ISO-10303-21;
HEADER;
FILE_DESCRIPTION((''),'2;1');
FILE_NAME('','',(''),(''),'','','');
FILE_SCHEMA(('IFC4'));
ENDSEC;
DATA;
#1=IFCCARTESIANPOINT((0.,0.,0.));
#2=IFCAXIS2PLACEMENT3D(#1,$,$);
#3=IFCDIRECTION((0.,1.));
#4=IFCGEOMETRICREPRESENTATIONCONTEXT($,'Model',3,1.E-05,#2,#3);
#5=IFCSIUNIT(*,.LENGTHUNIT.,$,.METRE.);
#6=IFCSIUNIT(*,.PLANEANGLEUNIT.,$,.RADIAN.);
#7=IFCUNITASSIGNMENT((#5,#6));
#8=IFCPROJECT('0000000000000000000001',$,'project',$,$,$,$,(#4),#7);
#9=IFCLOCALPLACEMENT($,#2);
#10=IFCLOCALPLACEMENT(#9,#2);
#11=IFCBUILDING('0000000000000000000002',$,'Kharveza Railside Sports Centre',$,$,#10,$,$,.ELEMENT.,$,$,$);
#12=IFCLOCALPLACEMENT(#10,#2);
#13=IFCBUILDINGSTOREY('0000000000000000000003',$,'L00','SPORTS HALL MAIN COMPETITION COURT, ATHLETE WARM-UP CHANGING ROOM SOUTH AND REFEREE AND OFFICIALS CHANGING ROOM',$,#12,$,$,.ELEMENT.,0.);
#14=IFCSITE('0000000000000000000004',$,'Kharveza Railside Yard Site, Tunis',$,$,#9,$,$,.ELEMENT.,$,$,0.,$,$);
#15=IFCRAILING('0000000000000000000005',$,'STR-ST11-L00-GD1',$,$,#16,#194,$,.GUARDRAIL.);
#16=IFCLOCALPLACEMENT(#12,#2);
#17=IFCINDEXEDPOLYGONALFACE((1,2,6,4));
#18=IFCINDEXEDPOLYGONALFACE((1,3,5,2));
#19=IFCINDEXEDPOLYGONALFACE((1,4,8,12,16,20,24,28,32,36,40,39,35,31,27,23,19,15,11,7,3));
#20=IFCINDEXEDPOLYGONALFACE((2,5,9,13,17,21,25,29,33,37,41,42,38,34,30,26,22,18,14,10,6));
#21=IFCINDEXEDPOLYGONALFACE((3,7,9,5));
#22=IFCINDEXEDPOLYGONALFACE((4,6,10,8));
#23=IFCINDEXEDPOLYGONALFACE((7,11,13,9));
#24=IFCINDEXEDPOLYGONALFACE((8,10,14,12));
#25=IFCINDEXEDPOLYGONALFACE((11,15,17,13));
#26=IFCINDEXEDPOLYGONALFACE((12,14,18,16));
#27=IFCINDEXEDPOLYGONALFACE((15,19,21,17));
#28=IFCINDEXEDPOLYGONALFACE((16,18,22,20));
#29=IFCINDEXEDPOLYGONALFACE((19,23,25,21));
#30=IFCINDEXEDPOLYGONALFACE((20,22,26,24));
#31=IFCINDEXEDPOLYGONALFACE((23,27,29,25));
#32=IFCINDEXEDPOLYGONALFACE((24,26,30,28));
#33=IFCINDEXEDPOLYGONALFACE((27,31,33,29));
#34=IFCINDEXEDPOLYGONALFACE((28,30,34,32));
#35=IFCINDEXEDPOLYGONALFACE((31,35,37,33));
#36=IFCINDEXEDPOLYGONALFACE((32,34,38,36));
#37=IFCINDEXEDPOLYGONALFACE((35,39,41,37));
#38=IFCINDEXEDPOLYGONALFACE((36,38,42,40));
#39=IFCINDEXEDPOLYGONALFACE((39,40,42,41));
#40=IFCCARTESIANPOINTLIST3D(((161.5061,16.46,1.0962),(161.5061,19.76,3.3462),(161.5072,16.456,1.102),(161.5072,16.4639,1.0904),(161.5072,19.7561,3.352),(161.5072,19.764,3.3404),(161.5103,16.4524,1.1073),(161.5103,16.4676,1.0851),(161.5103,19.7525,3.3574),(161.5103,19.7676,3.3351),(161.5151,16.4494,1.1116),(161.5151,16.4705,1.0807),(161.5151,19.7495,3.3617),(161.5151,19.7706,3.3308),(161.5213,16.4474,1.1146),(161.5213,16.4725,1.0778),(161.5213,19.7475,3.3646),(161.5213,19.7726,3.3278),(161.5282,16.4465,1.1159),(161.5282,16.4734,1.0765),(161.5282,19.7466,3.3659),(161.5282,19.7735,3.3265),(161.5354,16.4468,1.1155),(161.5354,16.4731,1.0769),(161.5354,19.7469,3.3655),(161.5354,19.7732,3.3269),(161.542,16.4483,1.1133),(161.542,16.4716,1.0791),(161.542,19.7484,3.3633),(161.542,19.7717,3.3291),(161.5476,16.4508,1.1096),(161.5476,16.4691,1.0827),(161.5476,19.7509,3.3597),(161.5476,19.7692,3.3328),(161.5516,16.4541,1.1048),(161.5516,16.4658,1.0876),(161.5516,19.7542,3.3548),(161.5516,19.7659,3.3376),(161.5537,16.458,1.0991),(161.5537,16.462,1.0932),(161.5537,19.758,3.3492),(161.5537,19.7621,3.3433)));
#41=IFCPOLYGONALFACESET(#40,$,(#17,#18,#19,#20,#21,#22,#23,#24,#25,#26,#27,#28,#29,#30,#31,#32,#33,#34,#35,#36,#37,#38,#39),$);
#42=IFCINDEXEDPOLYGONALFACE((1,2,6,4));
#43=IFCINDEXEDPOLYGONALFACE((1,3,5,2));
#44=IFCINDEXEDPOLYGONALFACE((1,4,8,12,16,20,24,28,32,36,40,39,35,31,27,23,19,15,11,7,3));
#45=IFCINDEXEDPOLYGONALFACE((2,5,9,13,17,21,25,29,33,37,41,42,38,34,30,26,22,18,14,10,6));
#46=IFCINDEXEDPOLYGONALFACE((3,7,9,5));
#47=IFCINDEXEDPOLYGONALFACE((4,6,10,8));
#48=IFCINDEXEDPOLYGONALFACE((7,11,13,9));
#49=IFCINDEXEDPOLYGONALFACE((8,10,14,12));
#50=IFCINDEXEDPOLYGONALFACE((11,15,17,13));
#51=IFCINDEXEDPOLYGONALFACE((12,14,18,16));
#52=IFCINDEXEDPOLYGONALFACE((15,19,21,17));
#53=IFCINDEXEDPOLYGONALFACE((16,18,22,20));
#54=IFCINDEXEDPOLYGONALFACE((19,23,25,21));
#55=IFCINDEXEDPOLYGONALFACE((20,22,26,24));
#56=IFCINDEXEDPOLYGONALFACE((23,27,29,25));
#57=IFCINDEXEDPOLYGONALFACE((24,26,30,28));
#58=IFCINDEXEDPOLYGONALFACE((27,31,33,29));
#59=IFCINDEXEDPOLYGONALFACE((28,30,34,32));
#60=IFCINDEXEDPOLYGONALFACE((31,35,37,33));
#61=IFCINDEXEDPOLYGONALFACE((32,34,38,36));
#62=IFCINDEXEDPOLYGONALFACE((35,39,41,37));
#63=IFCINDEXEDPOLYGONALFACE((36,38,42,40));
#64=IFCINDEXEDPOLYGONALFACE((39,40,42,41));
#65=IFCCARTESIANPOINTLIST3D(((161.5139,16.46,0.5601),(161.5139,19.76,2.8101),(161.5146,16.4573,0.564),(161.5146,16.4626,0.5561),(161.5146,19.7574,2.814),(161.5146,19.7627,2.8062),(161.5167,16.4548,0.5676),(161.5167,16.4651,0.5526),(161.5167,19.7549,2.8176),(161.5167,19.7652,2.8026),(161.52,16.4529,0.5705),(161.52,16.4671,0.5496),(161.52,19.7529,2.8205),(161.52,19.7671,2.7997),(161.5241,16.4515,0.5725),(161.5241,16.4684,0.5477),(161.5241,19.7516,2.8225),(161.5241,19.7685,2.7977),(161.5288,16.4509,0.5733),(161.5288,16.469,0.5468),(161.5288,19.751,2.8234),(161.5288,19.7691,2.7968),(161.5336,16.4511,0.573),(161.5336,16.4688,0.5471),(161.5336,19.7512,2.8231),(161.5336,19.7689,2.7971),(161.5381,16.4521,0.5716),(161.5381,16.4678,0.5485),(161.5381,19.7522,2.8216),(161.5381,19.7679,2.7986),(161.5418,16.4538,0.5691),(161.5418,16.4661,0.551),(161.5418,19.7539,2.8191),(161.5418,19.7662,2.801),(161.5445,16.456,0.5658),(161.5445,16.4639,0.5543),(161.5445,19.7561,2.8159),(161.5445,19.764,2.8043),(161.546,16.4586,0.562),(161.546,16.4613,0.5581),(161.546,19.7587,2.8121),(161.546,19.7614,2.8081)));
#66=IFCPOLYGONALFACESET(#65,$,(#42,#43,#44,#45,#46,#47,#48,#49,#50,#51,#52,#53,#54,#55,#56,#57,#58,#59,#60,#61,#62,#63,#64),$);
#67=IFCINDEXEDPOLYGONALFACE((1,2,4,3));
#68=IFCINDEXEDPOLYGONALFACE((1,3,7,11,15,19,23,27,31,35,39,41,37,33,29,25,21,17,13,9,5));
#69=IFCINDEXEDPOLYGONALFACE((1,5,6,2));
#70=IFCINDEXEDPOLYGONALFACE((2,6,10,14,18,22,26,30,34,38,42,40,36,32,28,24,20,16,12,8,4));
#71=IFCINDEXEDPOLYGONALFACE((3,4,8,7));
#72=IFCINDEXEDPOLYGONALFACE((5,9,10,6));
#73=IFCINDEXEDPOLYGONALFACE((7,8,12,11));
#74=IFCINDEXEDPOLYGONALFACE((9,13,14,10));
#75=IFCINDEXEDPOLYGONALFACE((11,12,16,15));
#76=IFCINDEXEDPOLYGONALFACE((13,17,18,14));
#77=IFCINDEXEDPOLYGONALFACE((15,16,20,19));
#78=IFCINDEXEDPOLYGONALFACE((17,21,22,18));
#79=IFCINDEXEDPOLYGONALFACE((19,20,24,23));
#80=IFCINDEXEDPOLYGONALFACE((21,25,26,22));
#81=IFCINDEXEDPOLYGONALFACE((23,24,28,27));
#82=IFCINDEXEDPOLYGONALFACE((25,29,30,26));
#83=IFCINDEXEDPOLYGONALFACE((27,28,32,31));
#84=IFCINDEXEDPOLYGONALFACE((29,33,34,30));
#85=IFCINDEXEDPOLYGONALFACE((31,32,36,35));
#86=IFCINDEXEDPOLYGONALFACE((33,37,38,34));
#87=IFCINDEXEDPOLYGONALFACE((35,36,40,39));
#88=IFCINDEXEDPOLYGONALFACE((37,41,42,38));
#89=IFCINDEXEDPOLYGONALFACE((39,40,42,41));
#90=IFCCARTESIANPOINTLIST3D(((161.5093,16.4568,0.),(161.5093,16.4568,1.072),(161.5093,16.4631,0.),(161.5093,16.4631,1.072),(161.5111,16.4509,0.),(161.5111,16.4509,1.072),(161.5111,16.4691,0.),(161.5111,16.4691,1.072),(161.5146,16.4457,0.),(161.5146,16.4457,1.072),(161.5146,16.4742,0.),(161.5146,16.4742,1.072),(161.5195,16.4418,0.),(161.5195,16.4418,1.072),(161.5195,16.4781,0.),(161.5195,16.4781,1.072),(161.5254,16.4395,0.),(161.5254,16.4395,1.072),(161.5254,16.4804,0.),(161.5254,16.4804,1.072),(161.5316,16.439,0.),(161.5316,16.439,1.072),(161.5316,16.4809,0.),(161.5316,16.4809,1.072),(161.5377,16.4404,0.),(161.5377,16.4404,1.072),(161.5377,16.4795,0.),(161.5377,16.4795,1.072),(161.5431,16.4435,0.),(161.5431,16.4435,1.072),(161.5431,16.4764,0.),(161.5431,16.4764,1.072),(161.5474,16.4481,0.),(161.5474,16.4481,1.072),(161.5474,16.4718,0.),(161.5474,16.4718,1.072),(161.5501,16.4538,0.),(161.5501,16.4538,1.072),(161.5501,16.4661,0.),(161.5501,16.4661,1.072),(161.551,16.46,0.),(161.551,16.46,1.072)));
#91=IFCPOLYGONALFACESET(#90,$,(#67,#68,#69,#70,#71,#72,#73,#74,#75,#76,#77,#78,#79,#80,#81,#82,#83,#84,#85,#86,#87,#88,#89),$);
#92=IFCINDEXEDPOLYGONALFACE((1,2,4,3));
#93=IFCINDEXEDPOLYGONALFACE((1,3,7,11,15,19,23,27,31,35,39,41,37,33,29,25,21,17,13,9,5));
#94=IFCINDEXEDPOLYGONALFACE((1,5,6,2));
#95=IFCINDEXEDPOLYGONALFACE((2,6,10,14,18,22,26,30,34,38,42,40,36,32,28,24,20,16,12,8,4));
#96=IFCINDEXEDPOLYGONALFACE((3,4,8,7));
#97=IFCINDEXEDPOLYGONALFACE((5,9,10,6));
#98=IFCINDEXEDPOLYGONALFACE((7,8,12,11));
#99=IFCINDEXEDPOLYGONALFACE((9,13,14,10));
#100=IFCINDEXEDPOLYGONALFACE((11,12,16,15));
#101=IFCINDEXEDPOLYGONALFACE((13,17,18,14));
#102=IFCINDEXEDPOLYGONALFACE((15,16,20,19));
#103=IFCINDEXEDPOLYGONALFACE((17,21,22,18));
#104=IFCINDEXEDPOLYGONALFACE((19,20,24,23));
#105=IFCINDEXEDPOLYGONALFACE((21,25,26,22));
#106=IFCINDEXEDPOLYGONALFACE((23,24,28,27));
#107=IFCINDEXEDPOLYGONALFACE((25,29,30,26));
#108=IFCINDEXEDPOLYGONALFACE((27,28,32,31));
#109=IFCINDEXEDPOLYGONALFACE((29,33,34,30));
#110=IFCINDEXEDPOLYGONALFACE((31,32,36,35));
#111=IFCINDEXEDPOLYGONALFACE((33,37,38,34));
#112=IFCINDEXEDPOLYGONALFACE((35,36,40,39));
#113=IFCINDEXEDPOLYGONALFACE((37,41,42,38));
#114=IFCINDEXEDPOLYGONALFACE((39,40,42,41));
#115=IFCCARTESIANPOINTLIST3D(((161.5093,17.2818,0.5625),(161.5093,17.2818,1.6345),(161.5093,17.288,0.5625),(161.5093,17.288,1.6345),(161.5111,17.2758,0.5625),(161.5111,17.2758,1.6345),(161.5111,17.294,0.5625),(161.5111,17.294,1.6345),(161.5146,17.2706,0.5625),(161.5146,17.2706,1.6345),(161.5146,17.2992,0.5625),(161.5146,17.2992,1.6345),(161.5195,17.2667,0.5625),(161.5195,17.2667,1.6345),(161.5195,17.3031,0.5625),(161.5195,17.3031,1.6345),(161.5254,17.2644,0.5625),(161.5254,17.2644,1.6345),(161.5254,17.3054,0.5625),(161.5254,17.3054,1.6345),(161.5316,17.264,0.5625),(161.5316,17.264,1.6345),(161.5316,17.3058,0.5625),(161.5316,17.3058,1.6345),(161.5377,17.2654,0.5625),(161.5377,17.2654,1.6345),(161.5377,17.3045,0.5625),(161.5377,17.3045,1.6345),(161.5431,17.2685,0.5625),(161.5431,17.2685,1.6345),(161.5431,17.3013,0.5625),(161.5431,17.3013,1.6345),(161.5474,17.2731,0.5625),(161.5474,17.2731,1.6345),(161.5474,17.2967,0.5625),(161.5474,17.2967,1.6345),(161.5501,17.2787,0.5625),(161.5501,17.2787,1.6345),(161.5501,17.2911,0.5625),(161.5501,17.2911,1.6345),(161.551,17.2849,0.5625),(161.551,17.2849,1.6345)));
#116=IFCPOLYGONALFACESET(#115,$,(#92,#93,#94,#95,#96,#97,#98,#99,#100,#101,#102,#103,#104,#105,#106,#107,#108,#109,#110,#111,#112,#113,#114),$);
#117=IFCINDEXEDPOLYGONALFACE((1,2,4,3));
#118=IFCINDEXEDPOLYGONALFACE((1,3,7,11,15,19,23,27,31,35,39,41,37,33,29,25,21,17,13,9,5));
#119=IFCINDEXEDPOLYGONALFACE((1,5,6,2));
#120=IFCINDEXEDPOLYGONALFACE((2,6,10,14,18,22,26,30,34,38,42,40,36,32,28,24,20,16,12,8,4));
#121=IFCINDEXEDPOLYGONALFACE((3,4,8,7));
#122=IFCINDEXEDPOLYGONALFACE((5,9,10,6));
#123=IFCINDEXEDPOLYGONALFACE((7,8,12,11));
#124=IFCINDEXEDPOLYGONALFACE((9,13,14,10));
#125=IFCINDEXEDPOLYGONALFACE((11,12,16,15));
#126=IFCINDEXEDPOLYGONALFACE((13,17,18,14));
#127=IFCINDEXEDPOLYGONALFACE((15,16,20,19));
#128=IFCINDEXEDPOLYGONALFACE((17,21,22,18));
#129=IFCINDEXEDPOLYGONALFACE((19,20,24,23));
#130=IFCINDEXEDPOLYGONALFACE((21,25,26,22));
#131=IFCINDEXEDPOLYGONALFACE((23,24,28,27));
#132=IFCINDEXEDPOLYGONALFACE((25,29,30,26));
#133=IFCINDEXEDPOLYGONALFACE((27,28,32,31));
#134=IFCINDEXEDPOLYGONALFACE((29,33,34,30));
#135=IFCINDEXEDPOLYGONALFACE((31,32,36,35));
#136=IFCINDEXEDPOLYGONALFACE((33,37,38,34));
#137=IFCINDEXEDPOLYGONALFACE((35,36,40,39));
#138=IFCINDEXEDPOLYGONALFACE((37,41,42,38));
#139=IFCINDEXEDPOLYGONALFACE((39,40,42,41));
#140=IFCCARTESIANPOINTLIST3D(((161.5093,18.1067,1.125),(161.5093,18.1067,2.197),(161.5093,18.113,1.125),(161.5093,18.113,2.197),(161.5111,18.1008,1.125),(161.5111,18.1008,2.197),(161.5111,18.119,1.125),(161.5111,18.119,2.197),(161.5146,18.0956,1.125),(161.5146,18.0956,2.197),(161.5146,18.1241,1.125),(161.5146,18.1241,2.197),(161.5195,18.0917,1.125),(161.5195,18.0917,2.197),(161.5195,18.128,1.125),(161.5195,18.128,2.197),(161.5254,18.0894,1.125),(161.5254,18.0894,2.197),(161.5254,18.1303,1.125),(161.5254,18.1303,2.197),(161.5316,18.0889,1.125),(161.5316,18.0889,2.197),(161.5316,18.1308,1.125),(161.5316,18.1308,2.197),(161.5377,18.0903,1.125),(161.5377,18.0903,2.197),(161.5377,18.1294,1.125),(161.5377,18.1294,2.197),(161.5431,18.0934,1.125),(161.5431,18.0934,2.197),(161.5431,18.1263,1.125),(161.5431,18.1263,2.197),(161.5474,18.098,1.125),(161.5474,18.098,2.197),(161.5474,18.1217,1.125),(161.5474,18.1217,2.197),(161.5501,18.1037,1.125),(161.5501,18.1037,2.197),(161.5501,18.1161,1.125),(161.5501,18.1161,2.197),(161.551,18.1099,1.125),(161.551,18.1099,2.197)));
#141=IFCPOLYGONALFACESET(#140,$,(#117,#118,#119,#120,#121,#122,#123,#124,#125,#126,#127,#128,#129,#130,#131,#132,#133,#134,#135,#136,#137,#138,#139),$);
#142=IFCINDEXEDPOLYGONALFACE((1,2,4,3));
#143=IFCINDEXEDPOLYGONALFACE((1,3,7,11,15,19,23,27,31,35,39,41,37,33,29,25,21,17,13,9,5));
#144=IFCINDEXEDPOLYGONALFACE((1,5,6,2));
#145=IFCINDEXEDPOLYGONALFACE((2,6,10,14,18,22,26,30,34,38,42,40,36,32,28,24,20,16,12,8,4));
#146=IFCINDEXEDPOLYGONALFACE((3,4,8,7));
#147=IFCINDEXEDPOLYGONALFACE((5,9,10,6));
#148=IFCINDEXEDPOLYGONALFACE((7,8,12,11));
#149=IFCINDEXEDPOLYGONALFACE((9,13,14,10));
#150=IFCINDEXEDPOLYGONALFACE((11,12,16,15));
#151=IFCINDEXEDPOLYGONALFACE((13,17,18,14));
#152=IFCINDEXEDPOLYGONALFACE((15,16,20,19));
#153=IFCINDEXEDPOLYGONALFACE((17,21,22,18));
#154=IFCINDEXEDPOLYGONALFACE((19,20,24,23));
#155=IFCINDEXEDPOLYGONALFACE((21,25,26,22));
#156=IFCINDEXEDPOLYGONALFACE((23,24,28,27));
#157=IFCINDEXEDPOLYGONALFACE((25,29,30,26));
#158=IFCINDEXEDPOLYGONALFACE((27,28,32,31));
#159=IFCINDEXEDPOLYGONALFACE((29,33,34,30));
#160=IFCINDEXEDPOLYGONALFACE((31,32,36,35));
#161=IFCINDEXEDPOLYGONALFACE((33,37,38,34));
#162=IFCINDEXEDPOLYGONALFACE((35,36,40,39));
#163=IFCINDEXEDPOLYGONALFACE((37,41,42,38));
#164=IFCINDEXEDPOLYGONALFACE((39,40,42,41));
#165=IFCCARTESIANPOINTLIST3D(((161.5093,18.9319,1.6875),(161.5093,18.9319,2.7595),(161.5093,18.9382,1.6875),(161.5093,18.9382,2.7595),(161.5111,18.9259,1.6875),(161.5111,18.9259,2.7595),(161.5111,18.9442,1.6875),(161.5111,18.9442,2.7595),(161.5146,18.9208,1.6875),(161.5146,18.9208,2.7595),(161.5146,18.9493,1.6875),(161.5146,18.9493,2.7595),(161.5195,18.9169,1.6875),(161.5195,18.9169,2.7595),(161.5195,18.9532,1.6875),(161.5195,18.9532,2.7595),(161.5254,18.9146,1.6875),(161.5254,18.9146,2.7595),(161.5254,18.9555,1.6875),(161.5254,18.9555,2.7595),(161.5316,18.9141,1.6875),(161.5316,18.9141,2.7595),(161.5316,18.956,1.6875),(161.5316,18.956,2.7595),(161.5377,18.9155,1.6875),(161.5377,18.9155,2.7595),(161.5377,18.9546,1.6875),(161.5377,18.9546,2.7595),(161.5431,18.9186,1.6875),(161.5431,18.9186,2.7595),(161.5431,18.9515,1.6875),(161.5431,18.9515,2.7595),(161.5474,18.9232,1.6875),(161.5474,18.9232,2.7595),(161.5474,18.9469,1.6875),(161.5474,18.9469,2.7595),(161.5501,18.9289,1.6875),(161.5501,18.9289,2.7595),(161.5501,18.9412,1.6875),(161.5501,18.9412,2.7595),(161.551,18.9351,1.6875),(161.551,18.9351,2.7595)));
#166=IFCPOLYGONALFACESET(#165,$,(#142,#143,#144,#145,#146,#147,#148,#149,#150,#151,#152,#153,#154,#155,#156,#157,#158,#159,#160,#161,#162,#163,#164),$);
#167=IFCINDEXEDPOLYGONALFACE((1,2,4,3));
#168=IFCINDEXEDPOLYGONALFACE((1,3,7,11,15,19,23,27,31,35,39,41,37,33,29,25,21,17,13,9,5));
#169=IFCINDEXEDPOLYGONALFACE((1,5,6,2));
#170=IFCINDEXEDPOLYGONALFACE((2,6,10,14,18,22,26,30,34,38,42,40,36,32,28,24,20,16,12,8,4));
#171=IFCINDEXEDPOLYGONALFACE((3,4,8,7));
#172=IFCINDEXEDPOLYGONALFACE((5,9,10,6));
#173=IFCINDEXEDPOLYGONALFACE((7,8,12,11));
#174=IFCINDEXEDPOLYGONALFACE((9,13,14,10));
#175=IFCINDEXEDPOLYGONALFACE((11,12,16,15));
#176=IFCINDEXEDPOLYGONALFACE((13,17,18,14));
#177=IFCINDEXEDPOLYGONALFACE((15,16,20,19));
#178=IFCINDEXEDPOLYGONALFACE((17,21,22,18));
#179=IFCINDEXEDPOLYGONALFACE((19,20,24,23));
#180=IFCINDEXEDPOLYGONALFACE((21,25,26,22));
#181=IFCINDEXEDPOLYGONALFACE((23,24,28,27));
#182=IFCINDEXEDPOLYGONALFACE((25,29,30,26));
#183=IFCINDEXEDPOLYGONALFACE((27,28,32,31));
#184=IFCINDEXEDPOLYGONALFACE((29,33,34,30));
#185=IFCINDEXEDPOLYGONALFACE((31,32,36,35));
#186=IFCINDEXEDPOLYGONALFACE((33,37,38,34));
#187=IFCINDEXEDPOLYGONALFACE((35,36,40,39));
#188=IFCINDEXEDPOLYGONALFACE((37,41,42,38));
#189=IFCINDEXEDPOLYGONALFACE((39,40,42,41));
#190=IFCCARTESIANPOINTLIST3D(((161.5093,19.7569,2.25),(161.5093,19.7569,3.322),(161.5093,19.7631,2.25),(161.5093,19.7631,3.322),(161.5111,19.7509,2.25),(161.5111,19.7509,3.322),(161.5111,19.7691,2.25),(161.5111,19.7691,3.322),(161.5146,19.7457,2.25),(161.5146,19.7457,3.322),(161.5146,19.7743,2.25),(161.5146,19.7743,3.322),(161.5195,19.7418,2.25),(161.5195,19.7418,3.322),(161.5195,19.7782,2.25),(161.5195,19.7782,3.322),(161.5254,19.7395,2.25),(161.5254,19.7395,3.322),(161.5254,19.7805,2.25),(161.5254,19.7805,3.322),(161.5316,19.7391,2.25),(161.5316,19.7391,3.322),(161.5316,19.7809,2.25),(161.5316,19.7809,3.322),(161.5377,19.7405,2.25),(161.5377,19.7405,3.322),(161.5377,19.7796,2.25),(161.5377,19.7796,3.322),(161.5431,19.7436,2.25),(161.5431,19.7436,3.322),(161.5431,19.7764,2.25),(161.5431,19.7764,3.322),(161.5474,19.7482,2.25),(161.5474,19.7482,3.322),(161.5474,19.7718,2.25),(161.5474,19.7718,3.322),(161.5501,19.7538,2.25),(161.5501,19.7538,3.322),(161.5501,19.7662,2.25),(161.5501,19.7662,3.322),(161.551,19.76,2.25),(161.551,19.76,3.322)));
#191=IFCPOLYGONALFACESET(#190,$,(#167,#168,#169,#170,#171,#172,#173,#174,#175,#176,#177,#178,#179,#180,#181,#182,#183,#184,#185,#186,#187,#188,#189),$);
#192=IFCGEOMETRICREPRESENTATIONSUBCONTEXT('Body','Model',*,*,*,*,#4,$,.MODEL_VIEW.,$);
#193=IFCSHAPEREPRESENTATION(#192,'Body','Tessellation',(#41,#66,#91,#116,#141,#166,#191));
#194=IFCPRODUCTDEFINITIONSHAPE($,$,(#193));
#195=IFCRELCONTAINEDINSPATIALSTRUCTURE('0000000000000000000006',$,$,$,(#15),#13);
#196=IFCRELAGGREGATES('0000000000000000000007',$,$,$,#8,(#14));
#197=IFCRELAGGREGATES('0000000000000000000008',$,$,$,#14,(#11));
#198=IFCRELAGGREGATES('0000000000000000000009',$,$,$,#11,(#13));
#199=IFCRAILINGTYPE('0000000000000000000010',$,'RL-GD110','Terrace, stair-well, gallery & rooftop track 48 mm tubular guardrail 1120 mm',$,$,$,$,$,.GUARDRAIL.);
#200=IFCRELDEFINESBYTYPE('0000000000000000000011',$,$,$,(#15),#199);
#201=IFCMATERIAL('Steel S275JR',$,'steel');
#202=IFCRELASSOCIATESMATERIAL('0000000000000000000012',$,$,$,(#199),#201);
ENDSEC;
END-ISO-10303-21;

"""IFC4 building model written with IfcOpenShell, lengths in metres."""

from ifc_helpers import new_model, si_unit, direction, frame, origin, origin_2d, place, context, subcontext, project, spatial, circle, extrude, material, type_object, element, save


model = new_model("IFC4")

# Units and contexts
model_context = context("Model", 3, precision=1e-05, world=origin(), true_north=direction((0.0, 1.0)))
body_context = subcontext(model_context, "Body", "Model", "MODEL_VIEW")
ifc_project = project(units=[si_unit("LENGTHUNIT", "METRE"), si_unit("PLANEANGLEUNIT", "RADIAN")], contexts=[model_context])

# Site, building, storey
site_placement = place(None, origin())
site = spatial("IfcSite", under=ifc_project, at=site_placement, Name="Kharveza Railside Yard Site, Tunis", CompositionType="ELEMENT", RefElevation=0.0)
building_placement = place(site_placement, origin())
building = spatial("IfcBuilding", under=site, at=building_placement, Name="Kharveza Railside Sports Centre", CompositionType="ELEMENT")
storey_placement = place(building_placement, origin())
storey = spatial("IfcBuildingStorey", under=building, at=storey_placement, Name="L00", Description="SPORTS HALL MAIN COMPETITION COURT, ATHLETE WARM-UP CHANGING ROOM SOUTH AND REFEREE AND OFFICIALS CHANGING ROOM", CompositionType="ELEMENT", Elevation=0.0)

# Railing
ifc_material_1 = material(Name="Steel S275JR", Category="steel")
railing_type_1 = type_object("IfcRailingType", Name="RL-GD110", Description="Terrace, stair-well, gallery & rooftop track 48 mm tubular guardrail 1120 mm", PredefinedType="GUARDRAIL", material=ifc_material_1)
railing_1_placement = place(storey_placement, frame((161.53, 16.46, 0.0)))
element("IfcRailing", 1, at=railing_1_placement, inside=storey, type_object=railing_type_1, Name="STR-ST11-L00-GD1", PredefinedType="GUARDRAIL", context=body_context, shape_type="SweptSolid", body=[
    extrude(circle(Radius=0.0239, at=origin_2d()), frame((0.0, 0.0, 1.0962), z_axis=(0.0, 0.826231, 0.563331), x_axis=(-1.0, 0.0, 0.0)), (0.0, 0.0, 1.0), 3.9941),
    extrude(circle(Radius=0.0161, at=origin_2d()), frame((0.0, 0.0, 0.5601), z_axis=(0.0, 0.826231, 0.563331), x_axis=(-1.0, 0.0, 0.0)), (0.0, 0.0, 1.0), 3.9941),
    extrude(circle(Radius=0.021, at=origin_2d()), origin(), (0.0, 0.0, 1.0), 1.072),
    extrude(circle(Radius=0.021, at=origin_2d()), frame((0.0, 0.825, 0.5625)), (0.0, 0.0, 1.0), 1.072),
    extrude(circle(Radius=0.021, at=origin_2d()), frame((0.0, 1.6499, 1.125)), (0.0, 0.0, 1.0), 1.072),
    extrude(circle(Radius=0.021, at=origin_2d()), frame((0.0, 2.4751, 1.6875)), (0.0, 0.0, 1.0), 1.072),
    extrude(circle(Radius=0.021, at=origin_2d()), frame((0.0, 3.3, 2.25)), (0.0, 0.0, 1.0), 1.072),
])

save(model, "model.ifc")
